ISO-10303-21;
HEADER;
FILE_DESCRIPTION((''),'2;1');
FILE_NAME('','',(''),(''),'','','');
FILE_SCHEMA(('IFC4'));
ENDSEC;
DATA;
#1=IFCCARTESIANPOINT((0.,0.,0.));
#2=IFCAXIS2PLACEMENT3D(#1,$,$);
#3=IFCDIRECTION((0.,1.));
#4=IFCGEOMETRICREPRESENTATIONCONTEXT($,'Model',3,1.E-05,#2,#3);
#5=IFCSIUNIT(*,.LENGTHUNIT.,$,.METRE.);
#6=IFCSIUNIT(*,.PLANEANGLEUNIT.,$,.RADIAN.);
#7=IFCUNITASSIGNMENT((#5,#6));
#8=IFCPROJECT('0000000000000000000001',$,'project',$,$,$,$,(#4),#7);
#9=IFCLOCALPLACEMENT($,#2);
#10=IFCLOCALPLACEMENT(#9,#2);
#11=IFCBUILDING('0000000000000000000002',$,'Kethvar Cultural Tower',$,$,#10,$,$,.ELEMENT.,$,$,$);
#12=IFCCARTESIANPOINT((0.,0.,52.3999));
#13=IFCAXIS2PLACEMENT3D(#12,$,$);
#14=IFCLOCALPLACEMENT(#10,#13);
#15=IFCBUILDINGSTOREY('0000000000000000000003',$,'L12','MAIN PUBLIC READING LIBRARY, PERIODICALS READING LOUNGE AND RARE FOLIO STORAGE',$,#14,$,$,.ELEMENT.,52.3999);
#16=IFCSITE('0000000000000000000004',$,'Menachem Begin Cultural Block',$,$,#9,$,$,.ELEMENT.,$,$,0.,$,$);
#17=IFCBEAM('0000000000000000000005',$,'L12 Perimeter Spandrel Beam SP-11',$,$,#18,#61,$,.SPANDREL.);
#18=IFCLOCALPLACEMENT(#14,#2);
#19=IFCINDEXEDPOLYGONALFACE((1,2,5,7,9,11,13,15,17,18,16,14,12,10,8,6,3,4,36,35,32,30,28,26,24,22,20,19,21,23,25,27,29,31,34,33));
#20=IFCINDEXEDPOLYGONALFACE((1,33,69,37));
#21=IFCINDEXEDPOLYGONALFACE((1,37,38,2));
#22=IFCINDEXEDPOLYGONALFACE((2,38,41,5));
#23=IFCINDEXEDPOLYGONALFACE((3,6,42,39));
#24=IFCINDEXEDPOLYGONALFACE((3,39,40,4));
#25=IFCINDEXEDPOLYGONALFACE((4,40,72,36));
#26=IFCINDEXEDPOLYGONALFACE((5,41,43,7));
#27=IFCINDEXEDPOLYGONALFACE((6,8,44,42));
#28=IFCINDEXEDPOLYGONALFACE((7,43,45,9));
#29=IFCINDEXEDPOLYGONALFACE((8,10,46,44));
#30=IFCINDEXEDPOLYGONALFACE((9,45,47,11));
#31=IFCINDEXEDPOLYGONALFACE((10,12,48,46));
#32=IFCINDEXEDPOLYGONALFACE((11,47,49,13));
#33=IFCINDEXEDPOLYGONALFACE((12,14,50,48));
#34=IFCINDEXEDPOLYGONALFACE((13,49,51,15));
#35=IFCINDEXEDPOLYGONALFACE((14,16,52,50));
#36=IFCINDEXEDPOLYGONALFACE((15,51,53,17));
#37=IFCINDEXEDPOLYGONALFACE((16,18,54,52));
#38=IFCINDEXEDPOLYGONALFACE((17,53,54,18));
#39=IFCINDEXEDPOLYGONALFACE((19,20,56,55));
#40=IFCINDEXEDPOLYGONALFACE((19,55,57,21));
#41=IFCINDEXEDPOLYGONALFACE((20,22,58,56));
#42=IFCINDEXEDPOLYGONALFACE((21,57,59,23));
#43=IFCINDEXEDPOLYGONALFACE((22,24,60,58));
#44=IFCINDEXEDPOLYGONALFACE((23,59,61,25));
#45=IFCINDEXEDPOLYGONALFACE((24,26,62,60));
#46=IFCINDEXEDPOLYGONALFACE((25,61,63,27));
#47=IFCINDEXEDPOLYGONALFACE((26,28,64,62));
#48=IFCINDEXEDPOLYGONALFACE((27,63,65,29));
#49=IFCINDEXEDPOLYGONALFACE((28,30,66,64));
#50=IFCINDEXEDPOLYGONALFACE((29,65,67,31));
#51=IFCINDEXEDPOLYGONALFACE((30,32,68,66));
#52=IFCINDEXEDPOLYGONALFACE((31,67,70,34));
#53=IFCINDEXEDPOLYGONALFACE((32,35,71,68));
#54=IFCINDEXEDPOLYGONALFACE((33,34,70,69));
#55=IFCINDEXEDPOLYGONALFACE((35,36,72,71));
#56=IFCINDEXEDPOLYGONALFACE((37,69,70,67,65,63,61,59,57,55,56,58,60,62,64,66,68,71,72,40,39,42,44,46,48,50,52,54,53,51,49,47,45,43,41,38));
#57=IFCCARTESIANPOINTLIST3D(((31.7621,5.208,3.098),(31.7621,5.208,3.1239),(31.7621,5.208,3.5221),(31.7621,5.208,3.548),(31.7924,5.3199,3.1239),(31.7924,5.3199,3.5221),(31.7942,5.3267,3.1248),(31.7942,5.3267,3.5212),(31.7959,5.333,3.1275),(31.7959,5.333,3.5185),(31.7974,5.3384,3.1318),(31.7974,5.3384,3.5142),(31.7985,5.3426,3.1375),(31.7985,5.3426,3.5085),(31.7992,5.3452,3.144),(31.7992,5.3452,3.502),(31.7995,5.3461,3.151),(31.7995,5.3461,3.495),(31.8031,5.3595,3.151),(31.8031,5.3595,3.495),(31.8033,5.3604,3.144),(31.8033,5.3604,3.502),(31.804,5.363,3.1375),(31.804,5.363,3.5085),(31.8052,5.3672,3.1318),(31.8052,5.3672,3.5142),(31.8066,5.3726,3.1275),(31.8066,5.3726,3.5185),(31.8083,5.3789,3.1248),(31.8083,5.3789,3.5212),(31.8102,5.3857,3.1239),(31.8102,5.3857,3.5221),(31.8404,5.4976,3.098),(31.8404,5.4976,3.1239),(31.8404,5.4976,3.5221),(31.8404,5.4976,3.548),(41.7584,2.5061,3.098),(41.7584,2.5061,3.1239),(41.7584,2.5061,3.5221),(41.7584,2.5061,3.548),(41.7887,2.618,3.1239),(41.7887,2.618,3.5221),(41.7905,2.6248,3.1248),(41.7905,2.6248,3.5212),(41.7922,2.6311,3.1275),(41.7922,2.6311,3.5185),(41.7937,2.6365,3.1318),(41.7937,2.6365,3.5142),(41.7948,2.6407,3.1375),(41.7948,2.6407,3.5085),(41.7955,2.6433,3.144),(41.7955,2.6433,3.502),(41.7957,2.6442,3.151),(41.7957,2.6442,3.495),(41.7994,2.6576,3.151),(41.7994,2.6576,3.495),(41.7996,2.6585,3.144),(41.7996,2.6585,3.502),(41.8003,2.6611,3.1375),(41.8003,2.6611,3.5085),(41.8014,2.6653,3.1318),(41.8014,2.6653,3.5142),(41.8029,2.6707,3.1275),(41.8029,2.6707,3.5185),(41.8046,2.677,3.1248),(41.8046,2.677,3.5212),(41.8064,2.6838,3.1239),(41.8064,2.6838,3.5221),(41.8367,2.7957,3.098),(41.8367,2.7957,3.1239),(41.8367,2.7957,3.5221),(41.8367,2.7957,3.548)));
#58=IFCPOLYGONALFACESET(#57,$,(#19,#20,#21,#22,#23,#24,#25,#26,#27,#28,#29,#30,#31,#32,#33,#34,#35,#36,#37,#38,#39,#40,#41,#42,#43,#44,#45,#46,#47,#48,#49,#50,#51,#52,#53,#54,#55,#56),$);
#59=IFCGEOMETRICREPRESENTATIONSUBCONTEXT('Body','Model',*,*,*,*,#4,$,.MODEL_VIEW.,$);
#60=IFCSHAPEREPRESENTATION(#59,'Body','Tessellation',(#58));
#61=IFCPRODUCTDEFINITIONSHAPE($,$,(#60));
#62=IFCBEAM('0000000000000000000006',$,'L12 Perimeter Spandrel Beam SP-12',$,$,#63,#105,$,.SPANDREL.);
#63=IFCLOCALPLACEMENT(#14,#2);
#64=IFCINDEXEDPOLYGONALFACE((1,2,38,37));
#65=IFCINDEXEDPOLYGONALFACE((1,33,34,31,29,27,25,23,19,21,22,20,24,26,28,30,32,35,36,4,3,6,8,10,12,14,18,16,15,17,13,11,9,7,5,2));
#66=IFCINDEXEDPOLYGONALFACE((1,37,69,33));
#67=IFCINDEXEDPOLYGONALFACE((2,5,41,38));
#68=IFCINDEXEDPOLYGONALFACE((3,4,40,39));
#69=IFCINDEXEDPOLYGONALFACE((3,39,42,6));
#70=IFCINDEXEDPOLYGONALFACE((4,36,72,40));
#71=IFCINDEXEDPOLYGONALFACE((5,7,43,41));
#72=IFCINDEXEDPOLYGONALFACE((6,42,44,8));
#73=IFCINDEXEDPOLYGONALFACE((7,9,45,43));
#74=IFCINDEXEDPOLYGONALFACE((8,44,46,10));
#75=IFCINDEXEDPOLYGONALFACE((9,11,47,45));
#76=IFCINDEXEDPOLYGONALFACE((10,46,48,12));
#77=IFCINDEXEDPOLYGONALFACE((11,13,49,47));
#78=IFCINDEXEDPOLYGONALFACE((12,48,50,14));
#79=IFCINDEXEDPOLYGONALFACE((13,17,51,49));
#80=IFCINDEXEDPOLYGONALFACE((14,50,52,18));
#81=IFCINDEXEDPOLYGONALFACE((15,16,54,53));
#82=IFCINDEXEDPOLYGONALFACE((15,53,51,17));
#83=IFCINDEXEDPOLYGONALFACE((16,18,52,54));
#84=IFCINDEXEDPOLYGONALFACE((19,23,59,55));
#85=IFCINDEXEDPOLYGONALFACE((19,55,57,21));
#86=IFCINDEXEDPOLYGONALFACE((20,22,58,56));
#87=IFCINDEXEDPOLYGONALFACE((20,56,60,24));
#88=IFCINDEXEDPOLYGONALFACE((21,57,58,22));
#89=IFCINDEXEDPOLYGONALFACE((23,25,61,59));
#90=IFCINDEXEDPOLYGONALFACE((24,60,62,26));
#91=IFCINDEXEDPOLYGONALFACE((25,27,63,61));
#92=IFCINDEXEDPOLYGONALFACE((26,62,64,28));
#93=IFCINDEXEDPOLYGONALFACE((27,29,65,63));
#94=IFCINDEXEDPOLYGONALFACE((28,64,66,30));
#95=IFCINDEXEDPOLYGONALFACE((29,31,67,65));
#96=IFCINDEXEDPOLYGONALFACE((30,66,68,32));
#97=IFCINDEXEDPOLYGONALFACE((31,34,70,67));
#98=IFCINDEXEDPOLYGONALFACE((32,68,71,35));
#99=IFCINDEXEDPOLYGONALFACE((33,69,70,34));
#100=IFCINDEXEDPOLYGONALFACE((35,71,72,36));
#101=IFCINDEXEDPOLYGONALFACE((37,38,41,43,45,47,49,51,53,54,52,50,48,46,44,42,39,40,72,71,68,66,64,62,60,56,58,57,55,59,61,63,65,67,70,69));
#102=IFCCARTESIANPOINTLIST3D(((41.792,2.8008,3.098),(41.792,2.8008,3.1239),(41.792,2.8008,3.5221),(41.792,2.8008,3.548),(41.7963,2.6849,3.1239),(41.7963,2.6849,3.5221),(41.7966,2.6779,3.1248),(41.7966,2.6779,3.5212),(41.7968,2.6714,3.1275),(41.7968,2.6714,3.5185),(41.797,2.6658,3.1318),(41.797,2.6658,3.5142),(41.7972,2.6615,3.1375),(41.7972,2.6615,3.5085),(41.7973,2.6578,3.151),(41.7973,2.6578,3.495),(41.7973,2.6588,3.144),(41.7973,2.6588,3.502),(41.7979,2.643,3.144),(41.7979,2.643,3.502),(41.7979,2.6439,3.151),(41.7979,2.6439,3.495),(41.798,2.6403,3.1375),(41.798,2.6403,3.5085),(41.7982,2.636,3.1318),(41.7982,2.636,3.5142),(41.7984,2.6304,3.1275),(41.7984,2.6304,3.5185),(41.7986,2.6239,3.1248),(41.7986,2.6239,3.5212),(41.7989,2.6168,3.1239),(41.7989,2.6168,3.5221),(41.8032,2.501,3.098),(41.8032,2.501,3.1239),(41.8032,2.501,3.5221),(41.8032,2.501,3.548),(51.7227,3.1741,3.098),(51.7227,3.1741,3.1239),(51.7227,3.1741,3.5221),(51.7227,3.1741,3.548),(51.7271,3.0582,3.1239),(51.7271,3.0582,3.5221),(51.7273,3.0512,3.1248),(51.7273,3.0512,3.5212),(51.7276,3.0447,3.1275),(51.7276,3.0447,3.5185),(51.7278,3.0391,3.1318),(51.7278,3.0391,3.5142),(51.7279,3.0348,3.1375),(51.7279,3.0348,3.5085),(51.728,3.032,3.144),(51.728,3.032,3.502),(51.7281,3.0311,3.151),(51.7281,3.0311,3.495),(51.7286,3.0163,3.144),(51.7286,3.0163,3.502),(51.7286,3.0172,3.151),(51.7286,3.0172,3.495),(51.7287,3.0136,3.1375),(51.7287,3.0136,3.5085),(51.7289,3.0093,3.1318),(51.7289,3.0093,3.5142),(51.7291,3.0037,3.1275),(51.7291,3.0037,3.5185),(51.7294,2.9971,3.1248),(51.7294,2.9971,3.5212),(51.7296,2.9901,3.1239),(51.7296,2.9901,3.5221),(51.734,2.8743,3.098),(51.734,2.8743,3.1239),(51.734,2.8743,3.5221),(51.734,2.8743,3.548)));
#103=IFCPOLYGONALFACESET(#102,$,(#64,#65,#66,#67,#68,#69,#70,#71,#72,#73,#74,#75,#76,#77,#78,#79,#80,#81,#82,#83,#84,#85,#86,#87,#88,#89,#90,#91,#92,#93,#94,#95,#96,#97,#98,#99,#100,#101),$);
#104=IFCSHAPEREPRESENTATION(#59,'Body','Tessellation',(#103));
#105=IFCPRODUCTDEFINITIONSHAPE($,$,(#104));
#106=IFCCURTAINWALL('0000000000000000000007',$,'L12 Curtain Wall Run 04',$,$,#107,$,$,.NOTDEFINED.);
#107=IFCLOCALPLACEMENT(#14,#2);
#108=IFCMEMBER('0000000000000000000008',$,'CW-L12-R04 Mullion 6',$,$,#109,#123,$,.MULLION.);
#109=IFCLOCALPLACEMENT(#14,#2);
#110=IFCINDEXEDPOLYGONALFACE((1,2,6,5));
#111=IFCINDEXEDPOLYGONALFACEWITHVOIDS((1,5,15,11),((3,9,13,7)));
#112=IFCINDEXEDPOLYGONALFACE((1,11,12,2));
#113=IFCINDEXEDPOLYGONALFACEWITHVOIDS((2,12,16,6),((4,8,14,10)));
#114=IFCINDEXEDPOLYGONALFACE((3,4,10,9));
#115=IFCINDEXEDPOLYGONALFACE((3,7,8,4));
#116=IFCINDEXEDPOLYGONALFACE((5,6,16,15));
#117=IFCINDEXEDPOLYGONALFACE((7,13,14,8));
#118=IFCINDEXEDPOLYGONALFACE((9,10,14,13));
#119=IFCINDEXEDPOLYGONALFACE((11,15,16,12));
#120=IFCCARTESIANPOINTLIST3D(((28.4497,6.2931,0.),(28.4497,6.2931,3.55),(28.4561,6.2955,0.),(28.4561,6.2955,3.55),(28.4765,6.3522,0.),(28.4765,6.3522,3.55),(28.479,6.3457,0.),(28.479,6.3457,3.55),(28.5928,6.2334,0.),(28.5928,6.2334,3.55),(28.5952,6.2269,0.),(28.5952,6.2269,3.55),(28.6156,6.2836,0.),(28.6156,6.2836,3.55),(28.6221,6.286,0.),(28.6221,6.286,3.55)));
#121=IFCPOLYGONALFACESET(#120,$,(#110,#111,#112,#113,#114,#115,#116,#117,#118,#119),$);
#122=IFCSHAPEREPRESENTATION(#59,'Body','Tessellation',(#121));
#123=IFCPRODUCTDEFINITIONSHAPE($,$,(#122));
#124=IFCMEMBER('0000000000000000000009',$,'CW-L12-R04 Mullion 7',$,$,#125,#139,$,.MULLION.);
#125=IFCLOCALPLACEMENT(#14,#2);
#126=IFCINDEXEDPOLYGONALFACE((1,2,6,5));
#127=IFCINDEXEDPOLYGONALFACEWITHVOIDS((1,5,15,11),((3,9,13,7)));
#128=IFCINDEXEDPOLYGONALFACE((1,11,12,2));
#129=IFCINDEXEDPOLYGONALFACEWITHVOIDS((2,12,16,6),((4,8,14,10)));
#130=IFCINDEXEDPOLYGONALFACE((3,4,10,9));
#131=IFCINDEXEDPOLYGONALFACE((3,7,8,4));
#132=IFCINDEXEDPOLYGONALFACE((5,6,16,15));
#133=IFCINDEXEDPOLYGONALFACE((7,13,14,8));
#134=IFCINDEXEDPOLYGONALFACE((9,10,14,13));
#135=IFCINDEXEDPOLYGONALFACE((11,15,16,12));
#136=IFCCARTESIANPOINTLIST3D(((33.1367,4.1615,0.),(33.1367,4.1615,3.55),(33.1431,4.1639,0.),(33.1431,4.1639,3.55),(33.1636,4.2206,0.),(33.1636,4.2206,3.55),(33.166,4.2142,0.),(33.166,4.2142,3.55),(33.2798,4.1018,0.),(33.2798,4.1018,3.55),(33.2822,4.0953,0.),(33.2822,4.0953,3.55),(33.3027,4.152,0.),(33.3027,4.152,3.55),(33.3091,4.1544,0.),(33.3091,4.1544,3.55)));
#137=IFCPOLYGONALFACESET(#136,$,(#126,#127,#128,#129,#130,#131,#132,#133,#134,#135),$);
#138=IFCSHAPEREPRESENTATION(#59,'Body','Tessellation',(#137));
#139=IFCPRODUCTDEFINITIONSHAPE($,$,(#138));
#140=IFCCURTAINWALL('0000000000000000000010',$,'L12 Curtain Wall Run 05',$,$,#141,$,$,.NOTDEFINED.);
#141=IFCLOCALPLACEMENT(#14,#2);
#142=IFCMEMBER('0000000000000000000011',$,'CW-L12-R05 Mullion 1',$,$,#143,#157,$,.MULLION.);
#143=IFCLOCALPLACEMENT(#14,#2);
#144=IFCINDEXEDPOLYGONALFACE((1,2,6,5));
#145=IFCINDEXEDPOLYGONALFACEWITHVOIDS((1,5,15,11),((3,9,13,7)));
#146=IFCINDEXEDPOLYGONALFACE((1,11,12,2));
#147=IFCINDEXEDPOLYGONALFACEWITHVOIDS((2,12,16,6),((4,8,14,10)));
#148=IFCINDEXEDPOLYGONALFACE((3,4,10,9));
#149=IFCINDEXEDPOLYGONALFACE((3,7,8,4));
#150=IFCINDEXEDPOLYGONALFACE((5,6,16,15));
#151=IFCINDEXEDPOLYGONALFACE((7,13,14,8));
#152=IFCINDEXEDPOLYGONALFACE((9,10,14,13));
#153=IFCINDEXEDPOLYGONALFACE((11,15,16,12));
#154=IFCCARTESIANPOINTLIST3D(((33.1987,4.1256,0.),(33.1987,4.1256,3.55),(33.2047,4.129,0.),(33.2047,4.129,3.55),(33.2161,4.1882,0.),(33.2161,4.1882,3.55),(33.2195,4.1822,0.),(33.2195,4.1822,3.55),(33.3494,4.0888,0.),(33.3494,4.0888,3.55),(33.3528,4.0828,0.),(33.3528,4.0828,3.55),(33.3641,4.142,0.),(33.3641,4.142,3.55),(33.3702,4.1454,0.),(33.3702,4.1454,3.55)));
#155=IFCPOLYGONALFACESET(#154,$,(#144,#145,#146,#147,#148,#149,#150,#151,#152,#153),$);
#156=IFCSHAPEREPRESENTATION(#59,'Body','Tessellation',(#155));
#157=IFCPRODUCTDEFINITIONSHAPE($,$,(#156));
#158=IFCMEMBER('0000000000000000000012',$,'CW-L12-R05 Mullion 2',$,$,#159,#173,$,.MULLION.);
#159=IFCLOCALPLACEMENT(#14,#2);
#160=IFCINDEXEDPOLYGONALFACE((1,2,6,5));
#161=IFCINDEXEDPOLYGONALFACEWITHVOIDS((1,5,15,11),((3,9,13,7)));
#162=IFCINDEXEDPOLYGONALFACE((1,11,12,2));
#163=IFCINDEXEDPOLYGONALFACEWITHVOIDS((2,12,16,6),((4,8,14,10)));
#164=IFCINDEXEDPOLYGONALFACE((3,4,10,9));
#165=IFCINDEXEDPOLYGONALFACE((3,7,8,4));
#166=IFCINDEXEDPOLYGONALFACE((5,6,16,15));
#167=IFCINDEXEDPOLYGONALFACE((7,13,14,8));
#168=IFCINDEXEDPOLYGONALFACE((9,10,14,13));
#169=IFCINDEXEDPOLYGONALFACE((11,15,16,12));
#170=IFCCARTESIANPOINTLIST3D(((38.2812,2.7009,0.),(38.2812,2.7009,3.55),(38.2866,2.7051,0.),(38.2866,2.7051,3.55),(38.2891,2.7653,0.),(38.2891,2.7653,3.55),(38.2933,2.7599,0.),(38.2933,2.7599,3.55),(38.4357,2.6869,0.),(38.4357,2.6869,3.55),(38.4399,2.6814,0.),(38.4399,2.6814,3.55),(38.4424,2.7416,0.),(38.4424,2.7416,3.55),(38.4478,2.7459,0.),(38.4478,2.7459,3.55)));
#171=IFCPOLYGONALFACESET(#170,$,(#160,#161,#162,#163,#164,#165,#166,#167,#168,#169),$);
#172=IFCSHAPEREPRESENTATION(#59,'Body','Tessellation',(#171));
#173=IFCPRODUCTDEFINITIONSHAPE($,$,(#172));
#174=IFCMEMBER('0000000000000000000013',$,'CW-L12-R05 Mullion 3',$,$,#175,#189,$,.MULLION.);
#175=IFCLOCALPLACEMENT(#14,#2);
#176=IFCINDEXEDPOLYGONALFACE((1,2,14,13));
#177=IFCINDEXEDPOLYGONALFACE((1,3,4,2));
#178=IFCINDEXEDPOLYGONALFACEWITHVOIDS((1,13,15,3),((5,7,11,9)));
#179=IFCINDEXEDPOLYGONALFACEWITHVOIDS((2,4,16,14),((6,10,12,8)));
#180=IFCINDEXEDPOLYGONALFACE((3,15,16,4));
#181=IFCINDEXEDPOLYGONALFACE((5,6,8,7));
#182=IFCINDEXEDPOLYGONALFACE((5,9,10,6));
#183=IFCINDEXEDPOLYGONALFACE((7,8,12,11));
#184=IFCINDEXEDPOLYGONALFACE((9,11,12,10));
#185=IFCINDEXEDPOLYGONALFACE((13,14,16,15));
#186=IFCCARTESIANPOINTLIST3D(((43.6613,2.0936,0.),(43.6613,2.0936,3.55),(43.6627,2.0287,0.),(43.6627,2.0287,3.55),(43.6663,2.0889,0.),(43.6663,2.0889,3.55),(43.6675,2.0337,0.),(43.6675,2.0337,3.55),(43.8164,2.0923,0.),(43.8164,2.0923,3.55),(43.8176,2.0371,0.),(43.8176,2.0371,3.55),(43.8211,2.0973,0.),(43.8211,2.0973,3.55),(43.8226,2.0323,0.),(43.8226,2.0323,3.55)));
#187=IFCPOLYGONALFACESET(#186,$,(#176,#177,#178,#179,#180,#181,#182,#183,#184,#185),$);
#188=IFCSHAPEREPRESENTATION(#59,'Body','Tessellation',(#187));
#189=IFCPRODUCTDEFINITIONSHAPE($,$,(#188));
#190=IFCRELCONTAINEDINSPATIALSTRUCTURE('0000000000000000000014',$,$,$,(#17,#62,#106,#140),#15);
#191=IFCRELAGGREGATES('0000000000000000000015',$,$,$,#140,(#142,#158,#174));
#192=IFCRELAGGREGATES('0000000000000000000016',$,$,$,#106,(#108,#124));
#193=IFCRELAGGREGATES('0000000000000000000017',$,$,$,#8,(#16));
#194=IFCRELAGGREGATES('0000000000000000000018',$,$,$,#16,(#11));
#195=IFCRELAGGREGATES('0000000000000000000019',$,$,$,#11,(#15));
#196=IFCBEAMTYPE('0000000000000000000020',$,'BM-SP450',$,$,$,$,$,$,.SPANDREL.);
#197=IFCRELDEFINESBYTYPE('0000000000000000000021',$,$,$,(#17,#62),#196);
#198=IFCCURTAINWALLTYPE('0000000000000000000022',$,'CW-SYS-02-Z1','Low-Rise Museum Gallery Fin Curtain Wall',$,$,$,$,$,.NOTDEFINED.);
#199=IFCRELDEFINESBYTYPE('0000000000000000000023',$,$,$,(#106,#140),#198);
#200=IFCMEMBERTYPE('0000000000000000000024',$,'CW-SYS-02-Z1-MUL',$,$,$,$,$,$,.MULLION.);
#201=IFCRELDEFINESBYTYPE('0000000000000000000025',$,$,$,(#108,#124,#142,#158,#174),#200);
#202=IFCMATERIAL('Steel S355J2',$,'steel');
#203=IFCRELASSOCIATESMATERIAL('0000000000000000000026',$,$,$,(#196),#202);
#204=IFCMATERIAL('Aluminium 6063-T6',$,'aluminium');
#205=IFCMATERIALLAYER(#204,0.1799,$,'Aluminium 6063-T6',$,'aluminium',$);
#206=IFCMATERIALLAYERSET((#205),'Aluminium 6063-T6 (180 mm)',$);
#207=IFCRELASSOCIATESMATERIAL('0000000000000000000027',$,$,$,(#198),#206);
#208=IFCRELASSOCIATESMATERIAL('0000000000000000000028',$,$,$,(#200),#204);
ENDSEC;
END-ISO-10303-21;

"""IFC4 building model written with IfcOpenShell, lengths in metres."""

from ifc_helpers import new_model, si_unit, direction, frame, origin, origin_2d, place, context, subcontext, project, spatial, hollow_rectangle, i_section, extrude, source, transform, mapped, material, layer, layer_set, material_profile, profile_set, type_object, element, aggregate, save


model = new_model("IFC4")

# Units and contexts
model_context = context("Model", 3, precision=1e-05, world=origin(), true_north=direction((0.0, 1.0)))
body_context = subcontext(model_context, "Body", "Model", "MODEL_VIEW")
ifc_project = project(units=[si_unit("LENGTHUNIT", "METRE"), si_unit("PLANEANGLEUNIT", "RADIAN")], contexts=[model_context])

# Site, building, storey
site_placement = place(None, origin())
site = spatial("IfcSite", under=ifc_project, at=site_placement, Name="Menachem Begin Cultural Block", CompositionType="ELEMENT", RefElevation=0.0)
building_placement = place(site_placement, origin())
building = spatial("IfcBuilding", under=site, at=building_placement, Name="Kethvar Cultural Tower", CompositionType="ELEMENT")
storey_placement = place(building_placement, frame((0.0, 0.0, 52.3999)))
storey = spatial("IfcBuildingStorey", under=building, at=storey_placement, Name="L12", Description="MAIN PUBLIC READING LIBRARY, PERIODICALS READING LOUNGE AND RARE FOLIO STORAGE", CompositionType="ELEMENT", Elevation=52.3999)

# Beams
ifc_material_1 = material(Name="Steel S355J2", Category="steel")
ifc_material_profile_1 = material_profile(ifc_material_1, i_section(OverallWidth=0.3, OverallDepth=0.45, WebThickness=0.0139, FlangeThickness=0.0259, FilletRadius=0.0271, at=origin_2d()), Name="Steel S355J2 — HEB450")
ifc_profile_set_1 = profile_set([ifc_material_profile_1], Name="Steel S355J2 — HEB450")
beam_type_1 = type_object("IfcBeamType", Name="BM-SP450", PredefinedType="SPANDREL", material=ifc_profile_set_1)
shared_shape_1 = source(origin(), body_context, "Body", "SweptSolid", [
    extrude(i_section(OverallWidth=0.3, OverallDepth=0.45, WebThickness=0.0139, FlangeThickness=0.0259, FilletRadius=0.0271, at=origin_2d()), origin(), (0.0, 0.0, 1.0), 10.355),
])
beam_1_placement = place(storey_placement, frame((31.8013, 5.3528, 3.323), z_axis=(0.965359, -0.260926, 0.0), x_axis=(0.260926, 0.965359, 0.0)))
element("IfcBeam", 1, at=beam_1_placement, inside=storey, type_object=beam_type_1, Name="L12 Perimeter Spandrel Beam SP-11", PredefinedType="SPANDREL", context=body_context, shape_type="MappedRepresentation", body=[
    mapped(shared_shape_1, transform((0.0, 0.0, 0.0), scale=1.0)),
])
shared_shape_2 = source(origin(), body_context, "Body", "SweptSolid", [
    extrude(i_section(OverallWidth=0.3, OverallDepth=0.45, WebThickness=0.0139, FlangeThickness=0.0259, FilletRadius=0.0271, at=origin_2d()), origin(), (0.0, 0.0, 1.0), 9.9377),
])
beam_2_placement = place(storey_placement, frame((41.7976, 2.6509, 3.323), z_axis=(0.999294, 0.037563, 0.0), x_axis=(-0.037563, 0.999294, 0.0)))
element("IfcBeam", 2, at=beam_2_placement, inside=storey, type_object=beam_type_1, Name="L12 Perimeter Spandrel Beam SP-12", PredefinedType="SPANDREL", context=body_context, shape_type="MappedRepresentation", body=[
    mapped(shared_shape_2, transform((0.0, 0.0, 0.0), scale=1.0)),
])

# Curtain walls, members
ifc_material_2 = material(Name="Aluminium 6063-T6", Category="aluminium")
ifc_layer_1 = layer(ifc_material_2, 0.1799, Name="Aluminium 6063-T6", Category="aluminium")
ifc_layer_set_1 = layer_set([ifc_layer_1], Name="Aluminium 6063-T6 (180 mm)")
curtain_wall_type = type_object("IfcCurtainWallType", Name="CW-SYS-02-Z1", Description="Low-Rise Museum Gallery Fin Curtain Wall", PredefinedType="NOTDEFINED", material=ifc_layer_set_1)
curtain_wall_1_placement = place(storey_placement, origin())
curtain_wall_1 = element("IfcCurtainWall", 3, at=curtain_wall_1_placement, inside=storey, type_object=curtain_wall_type, Name="L12 Curtain Wall Run 04", PredefinedType="NOTDEFINED")
ifc_material_profile_2 = material_profile(ifc_material_2, hollow_rectangle(XDim=0.0649, YDim=0.1599, WallThickness=0.0049, at=origin_2d()), Name="Aluminium 6063-T6 — RHS160x65x5")
ifc_profile_set_2 = profile_set([ifc_material_profile_2], Name="Aluminium 6063-T6 — RHS160x65x5")
member_type_1 = type_object("IfcMemberType", Name="CW-SYS-02-Z1-MUL", PredefinedType="MULLION", material=ifc_profile_set_2)
shared_shape_3 = source(origin(), body_context, "Body", "SweptSolid", [
    extrude(hollow_rectangle(XDim=0.0649, YDim=0.1599, WallThickness=0.0049, at=origin_2d()), origin(), (0.0, 0.0, 1.0), 3.55),
])
member_1_placement = place(storey_placement, frame((28.5359, 6.2896, 0.0), z_axis=(0.0, 0.0, 1.0), x_axis=(0.413994, 0.910279, 0.0)))
member_1 = element("IfcMember", 4, at=member_1_placement, type_object=member_type_1, Name="CW-L12-R04 Mullion 6", PredefinedType="MULLION", context=body_context, shape_type="MappedRepresentation", body=[
    mapped(shared_shape_3, transform((0.0, 0.0, 0.0), scale=1.0)),
])
member_2_placement = place(storey_placement, frame((33.2229, 4.158, 0.0), z_axis=(0.0, 0.0, 1.0), x_axis=(0.413994, 0.910279, 0.0)))
member_2 = element("IfcMember", 5, at=member_2_placement, type_object=member_type_1, Name="CW-L12-R04 Mullion 7", PredefinedType="MULLION", context=body_context, shape_type="MappedRepresentation", body=[
    mapped(shared_shape_3, transform((0.0, 0.0, 0.0), scale=1.0)),
])
curtain_wall_2_placement = place(storey_placement, origin())
curtain_wall_2 = element("IfcCurtainWall", 6, at=curtain_wall_2_placement, inside=storey, type_object=curtain_wall_type, Name="L12 Curtain Wall Run 05", PredefinedType="NOTDEFINED")
member_3_placement = place(storey_placement, frame((33.2844, 4.1355, 0.0), z_axis=(0.0, 0.0, 1.0), x_axis=(0.267558, 0.963542, 0.0)))
member_3 = element("IfcMember", 7, at=member_3_placement, type_object=member_type_1, Name="CW-L12-R05 Mullion 1", PredefinedType="MULLION", context=body_context, shape_type="MappedRepresentation", body=[
    mapped(shared_shape_3, transform((0.0, 0.0, 0.0), scale=1.0)),
])
member_4_placement = place(storey_placement, frame((38.3645, 2.7234, 0.0), z_axis=(0.0, 0.0, 1.0), x_axis=(0.121679, 0.99257, 0.0)))
member_4 = element("IfcMember", 8, at=member_4_placement, type_object=member_type_1, Name="CW-L12-R05 Mullion 2", PredefinedType="MULLION", context=body_context, shape_type="MappedRepresentation", body=[
    mapped(shared_shape_3, transform((0.0, 0.0, 0.0), scale=1.0)),
])
member_5_placement = place(storey_placement, frame((43.7419, 2.063, 0.0), z_axis=(0.0, 0.0, 1.0), x_axis=(-0.022652, 0.999743, 0.0)))
member_5 = element("IfcMember", 9, at=member_5_placement, type_object=member_type_1, Name="CW-L12-R05 Mullion 3", PredefinedType="MULLION", context=body_context, shape_type="MappedRepresentation", body=[
    mapped(shared_shape_3, transform((0.0, 0.0, 0.0), scale=1.0)),
])

aggregate(curtain_wall_2, [member_3, member_4, member_5])
aggregate(curtain_wall_1, [member_1, member_2])

save(model, "model.ifc")
